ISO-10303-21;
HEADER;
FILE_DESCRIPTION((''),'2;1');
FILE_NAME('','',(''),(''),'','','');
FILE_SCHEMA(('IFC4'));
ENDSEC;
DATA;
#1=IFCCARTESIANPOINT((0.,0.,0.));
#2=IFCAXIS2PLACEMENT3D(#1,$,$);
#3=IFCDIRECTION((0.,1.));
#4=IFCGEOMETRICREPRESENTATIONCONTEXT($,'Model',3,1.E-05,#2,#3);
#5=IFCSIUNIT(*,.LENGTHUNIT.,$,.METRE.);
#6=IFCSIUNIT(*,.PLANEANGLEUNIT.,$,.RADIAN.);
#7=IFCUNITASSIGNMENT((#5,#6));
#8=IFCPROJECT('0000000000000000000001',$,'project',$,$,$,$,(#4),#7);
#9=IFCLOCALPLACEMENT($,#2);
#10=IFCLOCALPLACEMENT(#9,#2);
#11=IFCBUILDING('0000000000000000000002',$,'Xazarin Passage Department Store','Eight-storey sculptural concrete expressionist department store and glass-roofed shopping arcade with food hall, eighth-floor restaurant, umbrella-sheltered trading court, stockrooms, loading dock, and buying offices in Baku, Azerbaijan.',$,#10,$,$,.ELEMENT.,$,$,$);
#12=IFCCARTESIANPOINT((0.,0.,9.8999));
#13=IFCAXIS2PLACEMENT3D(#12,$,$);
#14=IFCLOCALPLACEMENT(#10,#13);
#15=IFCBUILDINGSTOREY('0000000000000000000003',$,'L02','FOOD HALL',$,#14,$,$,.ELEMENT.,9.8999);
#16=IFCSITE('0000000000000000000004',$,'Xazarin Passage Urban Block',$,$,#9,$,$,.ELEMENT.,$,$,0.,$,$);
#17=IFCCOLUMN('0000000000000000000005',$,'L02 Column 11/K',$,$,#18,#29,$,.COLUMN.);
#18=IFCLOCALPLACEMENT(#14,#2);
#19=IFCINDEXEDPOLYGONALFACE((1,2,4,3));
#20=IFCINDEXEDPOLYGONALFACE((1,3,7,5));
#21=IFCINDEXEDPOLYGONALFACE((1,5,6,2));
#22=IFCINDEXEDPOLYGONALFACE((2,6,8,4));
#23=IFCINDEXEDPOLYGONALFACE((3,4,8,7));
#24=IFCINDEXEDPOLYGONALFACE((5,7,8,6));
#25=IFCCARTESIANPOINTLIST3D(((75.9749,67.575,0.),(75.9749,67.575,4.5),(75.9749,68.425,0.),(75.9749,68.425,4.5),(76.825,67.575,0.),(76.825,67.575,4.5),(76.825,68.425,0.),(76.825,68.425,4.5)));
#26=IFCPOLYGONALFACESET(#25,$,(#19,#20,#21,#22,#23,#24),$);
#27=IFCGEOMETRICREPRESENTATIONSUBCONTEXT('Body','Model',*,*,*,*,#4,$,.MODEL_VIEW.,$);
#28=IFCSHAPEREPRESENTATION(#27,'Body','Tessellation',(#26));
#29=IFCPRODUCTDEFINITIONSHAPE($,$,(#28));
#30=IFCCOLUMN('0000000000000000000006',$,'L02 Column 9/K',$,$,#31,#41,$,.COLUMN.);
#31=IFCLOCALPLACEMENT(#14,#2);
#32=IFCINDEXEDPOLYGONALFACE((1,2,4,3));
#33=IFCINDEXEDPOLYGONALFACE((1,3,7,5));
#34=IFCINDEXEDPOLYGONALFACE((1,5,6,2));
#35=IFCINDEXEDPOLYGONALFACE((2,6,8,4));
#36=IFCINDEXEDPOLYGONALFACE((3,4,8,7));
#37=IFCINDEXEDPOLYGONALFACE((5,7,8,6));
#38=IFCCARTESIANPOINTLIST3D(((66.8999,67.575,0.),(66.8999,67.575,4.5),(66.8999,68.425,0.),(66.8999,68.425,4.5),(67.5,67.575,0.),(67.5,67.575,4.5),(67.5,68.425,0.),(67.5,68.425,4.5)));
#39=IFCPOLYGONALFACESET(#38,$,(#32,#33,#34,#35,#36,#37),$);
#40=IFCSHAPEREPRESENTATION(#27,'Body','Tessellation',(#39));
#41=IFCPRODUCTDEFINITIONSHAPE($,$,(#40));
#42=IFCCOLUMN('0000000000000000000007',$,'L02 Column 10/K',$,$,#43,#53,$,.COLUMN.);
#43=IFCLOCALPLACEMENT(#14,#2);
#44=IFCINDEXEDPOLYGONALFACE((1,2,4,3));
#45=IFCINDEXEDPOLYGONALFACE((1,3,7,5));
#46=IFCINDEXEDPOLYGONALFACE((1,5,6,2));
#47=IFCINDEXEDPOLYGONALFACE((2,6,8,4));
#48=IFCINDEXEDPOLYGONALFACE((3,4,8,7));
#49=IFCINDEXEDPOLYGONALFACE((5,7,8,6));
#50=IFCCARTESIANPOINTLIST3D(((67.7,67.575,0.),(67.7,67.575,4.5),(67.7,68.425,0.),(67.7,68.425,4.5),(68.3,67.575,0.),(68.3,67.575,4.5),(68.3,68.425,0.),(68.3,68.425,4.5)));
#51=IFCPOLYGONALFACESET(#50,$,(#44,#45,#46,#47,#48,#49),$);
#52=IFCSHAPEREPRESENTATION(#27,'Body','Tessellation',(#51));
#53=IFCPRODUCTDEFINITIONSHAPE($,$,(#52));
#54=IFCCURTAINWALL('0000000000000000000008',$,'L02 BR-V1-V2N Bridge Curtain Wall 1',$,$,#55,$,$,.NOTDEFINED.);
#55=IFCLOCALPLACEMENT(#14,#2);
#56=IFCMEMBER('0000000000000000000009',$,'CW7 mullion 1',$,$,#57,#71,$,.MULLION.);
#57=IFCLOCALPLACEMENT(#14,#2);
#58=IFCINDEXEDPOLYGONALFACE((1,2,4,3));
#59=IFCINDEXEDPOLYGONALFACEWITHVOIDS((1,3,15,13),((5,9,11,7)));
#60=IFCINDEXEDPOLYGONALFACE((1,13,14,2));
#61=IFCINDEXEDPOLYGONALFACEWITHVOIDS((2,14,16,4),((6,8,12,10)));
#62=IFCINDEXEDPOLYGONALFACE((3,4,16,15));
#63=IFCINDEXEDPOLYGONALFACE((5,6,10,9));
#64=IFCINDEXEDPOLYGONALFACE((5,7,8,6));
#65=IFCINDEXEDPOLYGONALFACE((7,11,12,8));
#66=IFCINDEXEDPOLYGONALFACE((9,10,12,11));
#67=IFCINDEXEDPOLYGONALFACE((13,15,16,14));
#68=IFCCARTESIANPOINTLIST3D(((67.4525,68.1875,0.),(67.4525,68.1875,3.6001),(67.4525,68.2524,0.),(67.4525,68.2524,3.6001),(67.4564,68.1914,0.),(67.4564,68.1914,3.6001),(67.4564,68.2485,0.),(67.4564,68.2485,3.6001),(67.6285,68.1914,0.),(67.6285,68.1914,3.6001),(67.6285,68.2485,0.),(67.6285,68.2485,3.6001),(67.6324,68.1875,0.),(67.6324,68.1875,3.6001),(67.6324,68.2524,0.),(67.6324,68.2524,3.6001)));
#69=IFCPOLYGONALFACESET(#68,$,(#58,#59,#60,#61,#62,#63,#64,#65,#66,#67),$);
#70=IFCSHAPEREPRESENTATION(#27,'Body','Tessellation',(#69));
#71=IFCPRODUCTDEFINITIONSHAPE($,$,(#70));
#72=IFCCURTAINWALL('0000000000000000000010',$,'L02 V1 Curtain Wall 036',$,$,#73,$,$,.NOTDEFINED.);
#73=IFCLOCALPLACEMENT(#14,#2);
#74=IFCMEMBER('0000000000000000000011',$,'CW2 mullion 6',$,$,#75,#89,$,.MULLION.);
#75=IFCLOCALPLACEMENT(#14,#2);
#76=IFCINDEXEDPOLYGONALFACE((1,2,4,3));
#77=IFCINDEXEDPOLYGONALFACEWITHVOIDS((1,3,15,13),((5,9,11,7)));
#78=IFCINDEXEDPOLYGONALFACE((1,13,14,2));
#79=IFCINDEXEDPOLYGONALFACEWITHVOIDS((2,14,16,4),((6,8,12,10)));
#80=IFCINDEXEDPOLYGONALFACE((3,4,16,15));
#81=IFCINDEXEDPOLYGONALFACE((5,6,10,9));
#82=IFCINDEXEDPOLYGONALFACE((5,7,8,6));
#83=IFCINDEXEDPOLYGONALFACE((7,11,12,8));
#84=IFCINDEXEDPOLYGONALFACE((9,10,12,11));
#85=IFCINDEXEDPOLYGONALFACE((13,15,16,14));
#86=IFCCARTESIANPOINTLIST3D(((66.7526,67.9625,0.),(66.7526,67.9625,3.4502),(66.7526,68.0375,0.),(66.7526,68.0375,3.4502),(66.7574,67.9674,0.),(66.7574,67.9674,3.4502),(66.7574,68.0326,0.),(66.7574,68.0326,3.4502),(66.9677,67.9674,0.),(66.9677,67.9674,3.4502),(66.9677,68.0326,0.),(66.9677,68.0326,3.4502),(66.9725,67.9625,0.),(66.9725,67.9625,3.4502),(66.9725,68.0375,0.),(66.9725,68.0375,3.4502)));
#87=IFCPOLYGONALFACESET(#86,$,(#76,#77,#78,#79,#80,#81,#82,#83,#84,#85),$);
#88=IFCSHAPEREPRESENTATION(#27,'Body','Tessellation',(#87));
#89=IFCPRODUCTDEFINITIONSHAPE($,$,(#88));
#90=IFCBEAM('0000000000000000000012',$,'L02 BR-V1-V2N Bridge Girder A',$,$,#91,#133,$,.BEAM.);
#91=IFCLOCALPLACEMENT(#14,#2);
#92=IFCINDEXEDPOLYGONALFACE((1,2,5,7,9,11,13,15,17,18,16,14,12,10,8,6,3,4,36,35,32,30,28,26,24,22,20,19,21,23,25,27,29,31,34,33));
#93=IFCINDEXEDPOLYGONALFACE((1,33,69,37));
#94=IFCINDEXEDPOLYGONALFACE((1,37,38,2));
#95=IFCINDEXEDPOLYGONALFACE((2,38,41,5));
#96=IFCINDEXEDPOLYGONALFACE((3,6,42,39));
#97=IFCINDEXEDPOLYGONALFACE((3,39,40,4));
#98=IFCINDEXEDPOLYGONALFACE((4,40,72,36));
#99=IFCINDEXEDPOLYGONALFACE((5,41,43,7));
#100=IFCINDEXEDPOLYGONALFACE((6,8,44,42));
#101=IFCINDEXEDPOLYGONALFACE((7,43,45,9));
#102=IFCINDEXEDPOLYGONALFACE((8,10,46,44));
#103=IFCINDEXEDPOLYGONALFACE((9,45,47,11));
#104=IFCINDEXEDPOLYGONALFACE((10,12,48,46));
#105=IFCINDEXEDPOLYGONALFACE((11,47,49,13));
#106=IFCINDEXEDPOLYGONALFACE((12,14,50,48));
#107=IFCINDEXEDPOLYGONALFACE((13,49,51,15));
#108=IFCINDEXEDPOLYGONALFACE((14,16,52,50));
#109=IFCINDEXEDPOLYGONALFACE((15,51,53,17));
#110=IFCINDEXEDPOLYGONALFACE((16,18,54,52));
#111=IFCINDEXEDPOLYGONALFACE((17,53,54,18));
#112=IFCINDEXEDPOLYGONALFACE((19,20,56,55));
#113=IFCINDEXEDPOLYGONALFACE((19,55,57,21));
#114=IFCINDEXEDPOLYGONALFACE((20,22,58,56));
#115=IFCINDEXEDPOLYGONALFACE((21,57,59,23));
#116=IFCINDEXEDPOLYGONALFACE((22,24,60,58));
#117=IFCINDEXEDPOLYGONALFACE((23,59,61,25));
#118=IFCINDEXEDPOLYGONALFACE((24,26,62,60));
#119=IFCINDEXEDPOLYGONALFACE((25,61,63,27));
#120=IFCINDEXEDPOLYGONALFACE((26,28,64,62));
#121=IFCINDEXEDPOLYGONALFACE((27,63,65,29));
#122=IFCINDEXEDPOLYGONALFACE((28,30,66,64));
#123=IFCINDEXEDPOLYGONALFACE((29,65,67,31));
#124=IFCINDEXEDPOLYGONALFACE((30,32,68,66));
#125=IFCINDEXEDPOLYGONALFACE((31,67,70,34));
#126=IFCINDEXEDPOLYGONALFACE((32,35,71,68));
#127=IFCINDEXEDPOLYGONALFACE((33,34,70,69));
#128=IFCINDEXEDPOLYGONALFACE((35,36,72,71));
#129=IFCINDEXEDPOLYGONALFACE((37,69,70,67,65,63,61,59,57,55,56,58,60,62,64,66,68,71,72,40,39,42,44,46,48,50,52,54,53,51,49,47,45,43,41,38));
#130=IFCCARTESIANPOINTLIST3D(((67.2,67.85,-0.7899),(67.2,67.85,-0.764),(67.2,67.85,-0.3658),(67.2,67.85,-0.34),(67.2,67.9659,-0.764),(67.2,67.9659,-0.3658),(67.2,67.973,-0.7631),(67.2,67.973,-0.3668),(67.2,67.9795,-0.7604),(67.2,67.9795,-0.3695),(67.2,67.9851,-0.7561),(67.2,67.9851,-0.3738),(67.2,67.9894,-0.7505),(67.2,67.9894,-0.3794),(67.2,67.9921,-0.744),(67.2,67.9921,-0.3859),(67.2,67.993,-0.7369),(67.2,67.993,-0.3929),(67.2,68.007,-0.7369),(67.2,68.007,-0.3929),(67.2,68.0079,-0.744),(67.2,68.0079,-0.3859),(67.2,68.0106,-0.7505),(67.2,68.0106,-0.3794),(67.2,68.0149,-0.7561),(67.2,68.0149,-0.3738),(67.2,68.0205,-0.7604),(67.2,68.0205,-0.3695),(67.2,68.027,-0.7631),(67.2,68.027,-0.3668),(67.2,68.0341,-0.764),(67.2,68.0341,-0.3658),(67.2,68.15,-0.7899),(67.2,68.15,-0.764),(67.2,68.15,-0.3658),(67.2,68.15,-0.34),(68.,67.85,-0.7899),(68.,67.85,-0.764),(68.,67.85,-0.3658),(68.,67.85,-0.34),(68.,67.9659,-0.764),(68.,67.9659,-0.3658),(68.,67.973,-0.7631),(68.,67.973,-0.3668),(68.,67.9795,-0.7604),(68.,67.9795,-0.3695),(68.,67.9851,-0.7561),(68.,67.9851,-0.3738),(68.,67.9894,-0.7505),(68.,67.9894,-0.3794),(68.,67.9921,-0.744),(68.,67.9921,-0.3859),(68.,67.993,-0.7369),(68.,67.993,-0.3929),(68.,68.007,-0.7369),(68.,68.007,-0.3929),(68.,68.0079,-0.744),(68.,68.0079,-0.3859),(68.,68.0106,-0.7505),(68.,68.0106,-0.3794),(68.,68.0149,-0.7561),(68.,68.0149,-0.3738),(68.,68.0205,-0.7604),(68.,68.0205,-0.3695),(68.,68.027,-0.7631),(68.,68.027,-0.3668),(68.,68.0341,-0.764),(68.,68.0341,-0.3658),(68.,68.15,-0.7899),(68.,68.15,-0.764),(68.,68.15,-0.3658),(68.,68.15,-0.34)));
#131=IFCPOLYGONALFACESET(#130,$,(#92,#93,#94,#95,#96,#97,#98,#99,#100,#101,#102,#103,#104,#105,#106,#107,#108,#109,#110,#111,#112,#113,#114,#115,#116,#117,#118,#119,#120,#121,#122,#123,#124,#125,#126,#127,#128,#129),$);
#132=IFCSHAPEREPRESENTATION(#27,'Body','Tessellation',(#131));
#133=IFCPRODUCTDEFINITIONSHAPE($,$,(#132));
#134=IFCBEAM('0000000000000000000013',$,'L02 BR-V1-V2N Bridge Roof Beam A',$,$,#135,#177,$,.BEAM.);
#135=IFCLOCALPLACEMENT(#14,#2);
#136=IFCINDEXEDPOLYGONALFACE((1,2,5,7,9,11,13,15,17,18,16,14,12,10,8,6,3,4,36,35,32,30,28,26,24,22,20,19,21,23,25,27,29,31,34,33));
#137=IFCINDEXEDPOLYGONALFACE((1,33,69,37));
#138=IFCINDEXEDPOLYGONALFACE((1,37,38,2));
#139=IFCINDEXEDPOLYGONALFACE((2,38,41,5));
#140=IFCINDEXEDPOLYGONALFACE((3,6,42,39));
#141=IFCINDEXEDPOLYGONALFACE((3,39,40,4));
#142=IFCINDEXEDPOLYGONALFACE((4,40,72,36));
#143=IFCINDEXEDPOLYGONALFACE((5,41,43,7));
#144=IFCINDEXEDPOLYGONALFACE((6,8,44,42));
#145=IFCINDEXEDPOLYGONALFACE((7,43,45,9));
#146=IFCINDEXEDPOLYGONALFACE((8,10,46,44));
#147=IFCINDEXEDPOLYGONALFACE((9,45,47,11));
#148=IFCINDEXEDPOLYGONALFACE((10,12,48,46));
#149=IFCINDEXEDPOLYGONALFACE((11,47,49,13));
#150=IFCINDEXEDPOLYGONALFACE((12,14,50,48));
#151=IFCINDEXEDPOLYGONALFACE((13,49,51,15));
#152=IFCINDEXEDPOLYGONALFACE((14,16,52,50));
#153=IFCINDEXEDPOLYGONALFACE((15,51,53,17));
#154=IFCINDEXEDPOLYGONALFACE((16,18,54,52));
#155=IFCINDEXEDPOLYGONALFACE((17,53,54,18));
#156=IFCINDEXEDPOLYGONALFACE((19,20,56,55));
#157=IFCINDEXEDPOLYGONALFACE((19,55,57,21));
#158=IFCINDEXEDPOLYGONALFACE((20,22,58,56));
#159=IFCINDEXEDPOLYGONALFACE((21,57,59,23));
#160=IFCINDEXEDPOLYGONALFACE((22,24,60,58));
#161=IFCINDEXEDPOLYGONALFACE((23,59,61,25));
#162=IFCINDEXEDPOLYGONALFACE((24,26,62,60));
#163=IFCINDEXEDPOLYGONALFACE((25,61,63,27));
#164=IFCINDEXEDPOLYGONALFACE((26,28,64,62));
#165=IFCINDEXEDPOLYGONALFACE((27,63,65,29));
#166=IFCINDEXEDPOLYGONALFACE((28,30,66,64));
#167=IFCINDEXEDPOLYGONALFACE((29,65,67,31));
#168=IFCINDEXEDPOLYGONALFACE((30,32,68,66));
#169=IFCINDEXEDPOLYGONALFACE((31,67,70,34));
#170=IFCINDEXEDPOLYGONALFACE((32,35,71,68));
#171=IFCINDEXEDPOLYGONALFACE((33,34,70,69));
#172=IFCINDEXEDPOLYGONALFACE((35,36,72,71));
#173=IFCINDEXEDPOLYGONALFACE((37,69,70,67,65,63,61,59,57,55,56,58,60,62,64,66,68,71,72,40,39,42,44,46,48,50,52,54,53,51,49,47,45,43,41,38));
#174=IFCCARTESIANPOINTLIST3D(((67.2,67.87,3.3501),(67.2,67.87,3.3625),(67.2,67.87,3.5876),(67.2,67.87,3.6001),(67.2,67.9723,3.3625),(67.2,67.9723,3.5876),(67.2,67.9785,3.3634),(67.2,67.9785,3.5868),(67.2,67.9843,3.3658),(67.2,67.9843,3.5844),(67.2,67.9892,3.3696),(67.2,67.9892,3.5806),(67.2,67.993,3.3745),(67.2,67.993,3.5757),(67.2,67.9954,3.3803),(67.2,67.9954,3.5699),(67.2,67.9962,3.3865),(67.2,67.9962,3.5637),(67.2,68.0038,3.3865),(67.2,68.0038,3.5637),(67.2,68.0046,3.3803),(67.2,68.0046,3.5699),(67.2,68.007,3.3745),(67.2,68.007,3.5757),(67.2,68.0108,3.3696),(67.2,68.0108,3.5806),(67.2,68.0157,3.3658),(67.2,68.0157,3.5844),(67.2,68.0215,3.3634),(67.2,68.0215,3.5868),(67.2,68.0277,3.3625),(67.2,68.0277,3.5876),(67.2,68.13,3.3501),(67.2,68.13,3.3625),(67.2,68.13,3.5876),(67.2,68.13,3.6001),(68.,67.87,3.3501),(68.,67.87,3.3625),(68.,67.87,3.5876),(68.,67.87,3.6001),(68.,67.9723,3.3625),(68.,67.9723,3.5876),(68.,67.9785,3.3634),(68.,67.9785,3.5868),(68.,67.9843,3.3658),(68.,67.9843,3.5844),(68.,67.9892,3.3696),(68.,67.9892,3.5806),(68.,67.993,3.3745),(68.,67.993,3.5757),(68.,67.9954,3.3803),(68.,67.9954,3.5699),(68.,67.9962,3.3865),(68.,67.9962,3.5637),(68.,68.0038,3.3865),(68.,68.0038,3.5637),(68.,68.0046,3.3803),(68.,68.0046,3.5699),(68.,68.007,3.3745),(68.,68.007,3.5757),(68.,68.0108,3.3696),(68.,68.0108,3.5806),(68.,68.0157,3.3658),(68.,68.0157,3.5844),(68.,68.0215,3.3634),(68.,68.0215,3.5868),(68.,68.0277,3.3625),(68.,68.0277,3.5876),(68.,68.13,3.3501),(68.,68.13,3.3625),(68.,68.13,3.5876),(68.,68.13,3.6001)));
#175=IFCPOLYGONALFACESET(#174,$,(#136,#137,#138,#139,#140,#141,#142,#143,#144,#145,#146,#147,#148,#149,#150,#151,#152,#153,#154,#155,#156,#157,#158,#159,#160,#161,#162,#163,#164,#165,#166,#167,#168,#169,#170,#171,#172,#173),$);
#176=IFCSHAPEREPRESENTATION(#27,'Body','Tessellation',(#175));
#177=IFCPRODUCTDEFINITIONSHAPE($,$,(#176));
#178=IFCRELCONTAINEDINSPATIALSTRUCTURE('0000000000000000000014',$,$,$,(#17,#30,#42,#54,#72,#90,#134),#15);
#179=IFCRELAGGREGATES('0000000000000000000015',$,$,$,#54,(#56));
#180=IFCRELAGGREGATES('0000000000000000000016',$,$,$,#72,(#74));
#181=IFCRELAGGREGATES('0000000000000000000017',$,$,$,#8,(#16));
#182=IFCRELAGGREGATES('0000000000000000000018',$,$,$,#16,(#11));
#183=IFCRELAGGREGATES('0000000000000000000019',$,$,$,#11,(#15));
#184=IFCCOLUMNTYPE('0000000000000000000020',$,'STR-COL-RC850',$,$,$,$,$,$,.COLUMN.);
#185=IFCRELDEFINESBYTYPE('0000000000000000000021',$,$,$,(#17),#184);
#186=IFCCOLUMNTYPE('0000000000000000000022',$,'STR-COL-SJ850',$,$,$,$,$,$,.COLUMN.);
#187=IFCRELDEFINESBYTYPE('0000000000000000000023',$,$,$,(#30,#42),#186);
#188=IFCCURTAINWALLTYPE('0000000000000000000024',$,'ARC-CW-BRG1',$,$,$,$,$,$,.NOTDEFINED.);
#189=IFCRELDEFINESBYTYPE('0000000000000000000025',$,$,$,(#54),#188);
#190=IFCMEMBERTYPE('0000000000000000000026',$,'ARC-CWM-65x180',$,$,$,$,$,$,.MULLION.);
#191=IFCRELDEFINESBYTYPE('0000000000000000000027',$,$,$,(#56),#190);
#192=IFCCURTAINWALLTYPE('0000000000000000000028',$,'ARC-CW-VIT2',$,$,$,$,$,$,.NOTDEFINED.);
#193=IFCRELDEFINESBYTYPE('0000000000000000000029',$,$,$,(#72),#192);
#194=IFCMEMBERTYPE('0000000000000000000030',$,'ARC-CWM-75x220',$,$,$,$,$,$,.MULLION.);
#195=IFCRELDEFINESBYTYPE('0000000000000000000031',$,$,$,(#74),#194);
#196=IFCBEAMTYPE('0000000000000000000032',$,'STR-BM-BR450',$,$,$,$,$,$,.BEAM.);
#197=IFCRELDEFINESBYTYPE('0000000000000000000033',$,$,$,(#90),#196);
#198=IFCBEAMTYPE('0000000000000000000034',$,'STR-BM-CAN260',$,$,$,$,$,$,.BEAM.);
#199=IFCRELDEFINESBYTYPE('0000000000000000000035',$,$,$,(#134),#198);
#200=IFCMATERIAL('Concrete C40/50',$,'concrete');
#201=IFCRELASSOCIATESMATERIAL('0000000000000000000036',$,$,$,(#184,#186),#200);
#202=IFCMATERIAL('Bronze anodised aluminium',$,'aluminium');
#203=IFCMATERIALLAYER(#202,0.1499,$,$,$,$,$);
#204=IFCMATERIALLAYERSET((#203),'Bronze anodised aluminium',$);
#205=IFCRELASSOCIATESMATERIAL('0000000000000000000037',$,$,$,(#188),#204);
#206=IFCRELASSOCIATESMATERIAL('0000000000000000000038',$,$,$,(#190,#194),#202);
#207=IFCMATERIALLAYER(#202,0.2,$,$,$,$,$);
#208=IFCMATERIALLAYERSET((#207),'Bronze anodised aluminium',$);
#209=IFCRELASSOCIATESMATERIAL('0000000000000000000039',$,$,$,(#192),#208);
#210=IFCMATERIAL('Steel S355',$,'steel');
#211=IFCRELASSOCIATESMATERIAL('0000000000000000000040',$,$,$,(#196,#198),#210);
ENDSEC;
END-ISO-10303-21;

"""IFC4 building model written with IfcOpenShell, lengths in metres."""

from ifc_helpers import new_model, si_unit, direction, frame, origin, origin_2d, place, context, subcontext, project, spatial, rectangle, hollow_rectangle, i_section, extrude, material, layer, layer_set, material_profile, profile_set, type_object, element, aggregate, save


model = new_model("IFC4")

# Units and contexts
model_context = context("Model", 3, precision=1e-05, world=origin(), true_north=direction((0.0, 1.0)))
body_context = subcontext(model_context, "Body", "Model", "MODEL_VIEW")
ifc_project = project(units=[si_unit("LENGTHUNIT", "METRE"), si_unit("PLANEANGLEUNIT", "RADIAN")], contexts=[model_context])

# Site, building, storey
site_placement = place(None, origin())
site = spatial("IfcSite", under=ifc_project, at=site_placement, Name="Xazarin Passage Urban Block", CompositionType="ELEMENT", RefElevation=0.0)
building_placement = place(site_placement, origin())
building = spatial("IfcBuilding", under=site, at=building_placement, Name="Xazarin Passage Department Store", Description="Eight-storey sculptural concrete expressionist department store and glass-roofed shopping arcade with food hall, eighth-floor restaurant, umbrella-sheltered trading court, stockrooms, loading dock, and buying offices in Baku, Azerbaijan.", CompositionType="ELEMENT")
storey_placement = place(building_placement, frame((0.0, 0.0, 9.8999)))
storey = spatial("IfcBuildingStorey", under=building, at=storey_placement, Name="L02", Description="FOOD HALL", CompositionType="ELEMENT", Elevation=9.8999)

# Columns
ifc_material_1 = material(Name="Concrete C40/50", Category="concrete")
ifc_material_profile_1 = material_profile(ifc_material_1, rectangle(XDim=0.8501, YDim=0.8501, at=origin_2d()), Name="RC 850x850")
ifc_profile_set_1 = profile_set([ifc_material_profile_1], Name="Concrete C40/50")
column_type_1 = type_object("IfcColumnType", Name="STR-COL-RC850", PredefinedType="COLUMN", material=ifc_profile_set_1)
column_placement = place(storey_placement, frame((76.3999, 68.0, 0.0), z_axis=(0.0, 0.0, 1.0), x_axis=(1.0, 0.0, 0.0)))
element("IfcColumn", 1, at=column_placement, inside=storey, type_object=column_type_1, Name="L02 Column 11/K", PredefinedType="COLUMN", context=body_context, shape_type="SweptSolid", body=[
    extrude(rectangle(XDim=0.8501, YDim=0.8501, at=origin_2d()), origin(), (0.0, 0.0, 1.0), 4.5),
])
ifc_material_profile_2 = material_profile(ifc_material_1, rectangle(XDim=0.6001, YDim=0.8501, at=origin_2d()), Name="RC 600x850")
ifc_profile_set_2 = profile_set([ifc_material_profile_2], Name="Concrete C40/50")
column_type_2 = type_object("IfcColumnType", Name="STR-COL-SJ850", PredefinedType="COLUMN", material=ifc_profile_set_2)
for number, where, z_axis, x_axis, name in (
    (2, (67.2, 68.0, 0.0), (0.0, 0.0, 1.0), (1.0, 0.0, 0.0), "L02 Column 9/K"),
    (3, (68.0, 68.0, 0.0), (0.0, 0.0, 1.0), (1.0, 0.0, 0.0), "L02 Column 10/K"),
):
    element("IfcColumn", number, at=place(storey_placement, frame(where, z_axis=z_axis, x_axis=x_axis)), inside=storey, type_object=column_type_2, Name=name, PredefinedType="COLUMN", context=body_context, shape_type="SweptSolid", body=[
        extrude(rectangle(XDim=0.6001, YDim=0.8501, at=origin_2d()), origin(), (0.0, 0.0, 1.0), 4.5),
    ])

# Curtain walls, members
ifc_material_2 = material(Name="Bronze anodised aluminium", Category="aluminium")
ifc_layer_1 = layer(ifc_material_2, 0.1499)
ifc_layer_set_1 = layer_set([ifc_layer_1], Name="Bronze anodised aluminium")
curtain_wall_type_1 = type_object("IfcCurtainWallType", Name="ARC-CW-BRG1", PredefinedType="NOTDEFINED", material=ifc_layer_set_1)
curtain_wall_1_placement = place(storey_placement, origin())
curtain_wall_1 = element("IfcCurtainWall", 4, at=curtain_wall_1_placement, inside=storey, type_object=curtain_wall_type_1, Name="L02 BR-V1-V2N Bridge Curtain Wall 1", PredefinedType="NOTDEFINED")
ifc_material_profile_3 = material_profile(ifc_material_2, hollow_rectangle(XDim=0.0649, YDim=0.1799, WallThickness=0.0039, at=origin_2d()), Name="ALU 65x180")
ifc_profile_set_3 = profile_set([ifc_material_profile_3], Name="Bronze anodised aluminium")
member_type_1 = type_object("IfcMemberType", Name="ARC-CWM-65x180", PredefinedType="MULLION", material=ifc_profile_set_3)
member_1_placement = place(storey_placement, frame((67.5425, 68.22, 0.0), z_axis=(0.0, 0.0, 1.0), x_axis=(0.0, 1.0, 0.0)))
member_1 = element("IfcMember", 5, at=member_1_placement, type_object=member_type_1, Name="CW7 mullion 1", PredefinedType="MULLION", context=body_context, shape_type="SweptSolid", body=[
    extrude(hollow_rectangle(XDim=0.0649, YDim=0.1799, WallThickness=0.0039, at=origin_2d()), origin(), (0.0, 0.0, 1.0), 3.6001),
])
aggregate(curtain_wall_1, [member_1])
ifc_layer_2 = layer(ifc_material_2, 0.2)
ifc_layer_set_2 = layer_set([ifc_layer_2], Name="Bronze anodised aluminium")
curtain_wall_type_2 = type_object("IfcCurtainWallType", Name="ARC-CW-VIT2", PredefinedType="NOTDEFINED", material=ifc_layer_set_2)
curtain_wall_2_placement = place(storey_placement, origin())
curtain_wall_2 = element("IfcCurtainWall", 6, at=curtain_wall_2_placement, inside=storey, type_object=curtain_wall_type_2, Name="L02 V1 Curtain Wall 036", PredefinedType="NOTDEFINED")
ifc_material_profile_4 = material_profile(ifc_material_2, hollow_rectangle(XDim=0.075, YDim=0.22, WallThickness=0.0049, at=origin_2d()), Name="ALU 75x220")
ifc_profile_set_4 = profile_set([ifc_material_profile_4], Name="Bronze anodised aluminium")
member_type_2 = type_object("IfcMemberType", Name="ARC-CWM-75x220", PredefinedType="MULLION", material=ifc_profile_set_4)
member_2_placement = place(storey_placement, frame((66.8625, 68.0, 0.0), z_axis=(0.0, 0.0, 1.0), x_axis=(0.0, 1.0, 0.0)))
member_2 = element("IfcMember", 7, at=member_2_placement, type_object=member_type_2, Name="CW2 mullion 6", PredefinedType="MULLION", context=body_context, shape_type="SweptSolid", body=[
    extrude(hollow_rectangle(XDim=0.075, YDim=0.22, WallThickness=0.0049, at=origin_2d()), origin(), (0.0, 0.0, 1.0), 3.4502),
])
aggregate(curtain_wall_2, [member_2])

# Beams
ifc_material_3 = material(Name="Steel S355", Category="steel")
ifc_material_profile_5 = material_profile(ifc_material_3, i_section(OverallWidth=0.3, OverallDepth=0.45, WebThickness=0.0139, FlangeThickness=0.0259, FilletRadius=0.0271, at=origin_2d()), Name="HEB 450")
ifc_profile_set_5 = profile_set([ifc_material_profile_5], Name="Steel S355")
beam_type_1 = type_object("IfcBeamType", Name="STR-BM-BR450", PredefinedType="BEAM", material=ifc_profile_set_5)
beam_1_placement = place(storey_placement, frame((67.2, 68.0, -0.5649), z_axis=(1.0, 0.0, 0.0), x_axis=(0.0, 1.0, 0.0)))
element("IfcBeam", 8, at=beam_1_placement, inside=storey, type_object=beam_type_1, Name="L02 BR-V1-V2N Bridge Girder A", PredefinedType="BEAM", context=body_context, shape_type="SweptSolid", body=[
    extrude(i_section(OverallWidth=0.3, OverallDepth=0.45, WebThickness=0.0139, FlangeThickness=0.0259, FilletRadius=0.0271, at=origin_2d()), origin(), (0.0, 0.0, 1.0), 0.8),
])
ifc_material_profile_6 = material_profile(ifc_material_3, i_section(OverallWidth=0.26, OverallDepth=0.25, WebThickness=0.0076, FlangeThickness=0.0125, FilletRadius=0.0239, at=origin_2d()), Name="HEA 260")
ifc_profile_set_6 = profile_set([ifc_material_profile_6], Name="Steel S355")
beam_type_2 = type_object("IfcBeamType", Name="STR-BM-CAN260", PredefinedType="BEAM", material=ifc_profile_set_6)
beam_2_placement = place(storey_placement, frame((67.2, 68.0, 3.4751), z_axis=(1.0, 0.0, 0.0), x_axis=(0.0, 1.0, 0.0)))
element("IfcBeam", 9, at=beam_2_placement, inside=storey, type_object=beam_type_2, Name="L02 BR-V1-V2N Bridge Roof Beam A", PredefinedType="BEAM", context=body_context, shape_type="SweptSolid", body=[
    extrude(i_section(OverallWidth=0.26, OverallDepth=0.25, WebThickness=0.0076, FlangeThickness=0.0125, FilletRadius=0.0239, at=origin_2d()), origin(), (0.0, 0.0, 1.0), 0.8),
])

save(model, "model.ifc")
